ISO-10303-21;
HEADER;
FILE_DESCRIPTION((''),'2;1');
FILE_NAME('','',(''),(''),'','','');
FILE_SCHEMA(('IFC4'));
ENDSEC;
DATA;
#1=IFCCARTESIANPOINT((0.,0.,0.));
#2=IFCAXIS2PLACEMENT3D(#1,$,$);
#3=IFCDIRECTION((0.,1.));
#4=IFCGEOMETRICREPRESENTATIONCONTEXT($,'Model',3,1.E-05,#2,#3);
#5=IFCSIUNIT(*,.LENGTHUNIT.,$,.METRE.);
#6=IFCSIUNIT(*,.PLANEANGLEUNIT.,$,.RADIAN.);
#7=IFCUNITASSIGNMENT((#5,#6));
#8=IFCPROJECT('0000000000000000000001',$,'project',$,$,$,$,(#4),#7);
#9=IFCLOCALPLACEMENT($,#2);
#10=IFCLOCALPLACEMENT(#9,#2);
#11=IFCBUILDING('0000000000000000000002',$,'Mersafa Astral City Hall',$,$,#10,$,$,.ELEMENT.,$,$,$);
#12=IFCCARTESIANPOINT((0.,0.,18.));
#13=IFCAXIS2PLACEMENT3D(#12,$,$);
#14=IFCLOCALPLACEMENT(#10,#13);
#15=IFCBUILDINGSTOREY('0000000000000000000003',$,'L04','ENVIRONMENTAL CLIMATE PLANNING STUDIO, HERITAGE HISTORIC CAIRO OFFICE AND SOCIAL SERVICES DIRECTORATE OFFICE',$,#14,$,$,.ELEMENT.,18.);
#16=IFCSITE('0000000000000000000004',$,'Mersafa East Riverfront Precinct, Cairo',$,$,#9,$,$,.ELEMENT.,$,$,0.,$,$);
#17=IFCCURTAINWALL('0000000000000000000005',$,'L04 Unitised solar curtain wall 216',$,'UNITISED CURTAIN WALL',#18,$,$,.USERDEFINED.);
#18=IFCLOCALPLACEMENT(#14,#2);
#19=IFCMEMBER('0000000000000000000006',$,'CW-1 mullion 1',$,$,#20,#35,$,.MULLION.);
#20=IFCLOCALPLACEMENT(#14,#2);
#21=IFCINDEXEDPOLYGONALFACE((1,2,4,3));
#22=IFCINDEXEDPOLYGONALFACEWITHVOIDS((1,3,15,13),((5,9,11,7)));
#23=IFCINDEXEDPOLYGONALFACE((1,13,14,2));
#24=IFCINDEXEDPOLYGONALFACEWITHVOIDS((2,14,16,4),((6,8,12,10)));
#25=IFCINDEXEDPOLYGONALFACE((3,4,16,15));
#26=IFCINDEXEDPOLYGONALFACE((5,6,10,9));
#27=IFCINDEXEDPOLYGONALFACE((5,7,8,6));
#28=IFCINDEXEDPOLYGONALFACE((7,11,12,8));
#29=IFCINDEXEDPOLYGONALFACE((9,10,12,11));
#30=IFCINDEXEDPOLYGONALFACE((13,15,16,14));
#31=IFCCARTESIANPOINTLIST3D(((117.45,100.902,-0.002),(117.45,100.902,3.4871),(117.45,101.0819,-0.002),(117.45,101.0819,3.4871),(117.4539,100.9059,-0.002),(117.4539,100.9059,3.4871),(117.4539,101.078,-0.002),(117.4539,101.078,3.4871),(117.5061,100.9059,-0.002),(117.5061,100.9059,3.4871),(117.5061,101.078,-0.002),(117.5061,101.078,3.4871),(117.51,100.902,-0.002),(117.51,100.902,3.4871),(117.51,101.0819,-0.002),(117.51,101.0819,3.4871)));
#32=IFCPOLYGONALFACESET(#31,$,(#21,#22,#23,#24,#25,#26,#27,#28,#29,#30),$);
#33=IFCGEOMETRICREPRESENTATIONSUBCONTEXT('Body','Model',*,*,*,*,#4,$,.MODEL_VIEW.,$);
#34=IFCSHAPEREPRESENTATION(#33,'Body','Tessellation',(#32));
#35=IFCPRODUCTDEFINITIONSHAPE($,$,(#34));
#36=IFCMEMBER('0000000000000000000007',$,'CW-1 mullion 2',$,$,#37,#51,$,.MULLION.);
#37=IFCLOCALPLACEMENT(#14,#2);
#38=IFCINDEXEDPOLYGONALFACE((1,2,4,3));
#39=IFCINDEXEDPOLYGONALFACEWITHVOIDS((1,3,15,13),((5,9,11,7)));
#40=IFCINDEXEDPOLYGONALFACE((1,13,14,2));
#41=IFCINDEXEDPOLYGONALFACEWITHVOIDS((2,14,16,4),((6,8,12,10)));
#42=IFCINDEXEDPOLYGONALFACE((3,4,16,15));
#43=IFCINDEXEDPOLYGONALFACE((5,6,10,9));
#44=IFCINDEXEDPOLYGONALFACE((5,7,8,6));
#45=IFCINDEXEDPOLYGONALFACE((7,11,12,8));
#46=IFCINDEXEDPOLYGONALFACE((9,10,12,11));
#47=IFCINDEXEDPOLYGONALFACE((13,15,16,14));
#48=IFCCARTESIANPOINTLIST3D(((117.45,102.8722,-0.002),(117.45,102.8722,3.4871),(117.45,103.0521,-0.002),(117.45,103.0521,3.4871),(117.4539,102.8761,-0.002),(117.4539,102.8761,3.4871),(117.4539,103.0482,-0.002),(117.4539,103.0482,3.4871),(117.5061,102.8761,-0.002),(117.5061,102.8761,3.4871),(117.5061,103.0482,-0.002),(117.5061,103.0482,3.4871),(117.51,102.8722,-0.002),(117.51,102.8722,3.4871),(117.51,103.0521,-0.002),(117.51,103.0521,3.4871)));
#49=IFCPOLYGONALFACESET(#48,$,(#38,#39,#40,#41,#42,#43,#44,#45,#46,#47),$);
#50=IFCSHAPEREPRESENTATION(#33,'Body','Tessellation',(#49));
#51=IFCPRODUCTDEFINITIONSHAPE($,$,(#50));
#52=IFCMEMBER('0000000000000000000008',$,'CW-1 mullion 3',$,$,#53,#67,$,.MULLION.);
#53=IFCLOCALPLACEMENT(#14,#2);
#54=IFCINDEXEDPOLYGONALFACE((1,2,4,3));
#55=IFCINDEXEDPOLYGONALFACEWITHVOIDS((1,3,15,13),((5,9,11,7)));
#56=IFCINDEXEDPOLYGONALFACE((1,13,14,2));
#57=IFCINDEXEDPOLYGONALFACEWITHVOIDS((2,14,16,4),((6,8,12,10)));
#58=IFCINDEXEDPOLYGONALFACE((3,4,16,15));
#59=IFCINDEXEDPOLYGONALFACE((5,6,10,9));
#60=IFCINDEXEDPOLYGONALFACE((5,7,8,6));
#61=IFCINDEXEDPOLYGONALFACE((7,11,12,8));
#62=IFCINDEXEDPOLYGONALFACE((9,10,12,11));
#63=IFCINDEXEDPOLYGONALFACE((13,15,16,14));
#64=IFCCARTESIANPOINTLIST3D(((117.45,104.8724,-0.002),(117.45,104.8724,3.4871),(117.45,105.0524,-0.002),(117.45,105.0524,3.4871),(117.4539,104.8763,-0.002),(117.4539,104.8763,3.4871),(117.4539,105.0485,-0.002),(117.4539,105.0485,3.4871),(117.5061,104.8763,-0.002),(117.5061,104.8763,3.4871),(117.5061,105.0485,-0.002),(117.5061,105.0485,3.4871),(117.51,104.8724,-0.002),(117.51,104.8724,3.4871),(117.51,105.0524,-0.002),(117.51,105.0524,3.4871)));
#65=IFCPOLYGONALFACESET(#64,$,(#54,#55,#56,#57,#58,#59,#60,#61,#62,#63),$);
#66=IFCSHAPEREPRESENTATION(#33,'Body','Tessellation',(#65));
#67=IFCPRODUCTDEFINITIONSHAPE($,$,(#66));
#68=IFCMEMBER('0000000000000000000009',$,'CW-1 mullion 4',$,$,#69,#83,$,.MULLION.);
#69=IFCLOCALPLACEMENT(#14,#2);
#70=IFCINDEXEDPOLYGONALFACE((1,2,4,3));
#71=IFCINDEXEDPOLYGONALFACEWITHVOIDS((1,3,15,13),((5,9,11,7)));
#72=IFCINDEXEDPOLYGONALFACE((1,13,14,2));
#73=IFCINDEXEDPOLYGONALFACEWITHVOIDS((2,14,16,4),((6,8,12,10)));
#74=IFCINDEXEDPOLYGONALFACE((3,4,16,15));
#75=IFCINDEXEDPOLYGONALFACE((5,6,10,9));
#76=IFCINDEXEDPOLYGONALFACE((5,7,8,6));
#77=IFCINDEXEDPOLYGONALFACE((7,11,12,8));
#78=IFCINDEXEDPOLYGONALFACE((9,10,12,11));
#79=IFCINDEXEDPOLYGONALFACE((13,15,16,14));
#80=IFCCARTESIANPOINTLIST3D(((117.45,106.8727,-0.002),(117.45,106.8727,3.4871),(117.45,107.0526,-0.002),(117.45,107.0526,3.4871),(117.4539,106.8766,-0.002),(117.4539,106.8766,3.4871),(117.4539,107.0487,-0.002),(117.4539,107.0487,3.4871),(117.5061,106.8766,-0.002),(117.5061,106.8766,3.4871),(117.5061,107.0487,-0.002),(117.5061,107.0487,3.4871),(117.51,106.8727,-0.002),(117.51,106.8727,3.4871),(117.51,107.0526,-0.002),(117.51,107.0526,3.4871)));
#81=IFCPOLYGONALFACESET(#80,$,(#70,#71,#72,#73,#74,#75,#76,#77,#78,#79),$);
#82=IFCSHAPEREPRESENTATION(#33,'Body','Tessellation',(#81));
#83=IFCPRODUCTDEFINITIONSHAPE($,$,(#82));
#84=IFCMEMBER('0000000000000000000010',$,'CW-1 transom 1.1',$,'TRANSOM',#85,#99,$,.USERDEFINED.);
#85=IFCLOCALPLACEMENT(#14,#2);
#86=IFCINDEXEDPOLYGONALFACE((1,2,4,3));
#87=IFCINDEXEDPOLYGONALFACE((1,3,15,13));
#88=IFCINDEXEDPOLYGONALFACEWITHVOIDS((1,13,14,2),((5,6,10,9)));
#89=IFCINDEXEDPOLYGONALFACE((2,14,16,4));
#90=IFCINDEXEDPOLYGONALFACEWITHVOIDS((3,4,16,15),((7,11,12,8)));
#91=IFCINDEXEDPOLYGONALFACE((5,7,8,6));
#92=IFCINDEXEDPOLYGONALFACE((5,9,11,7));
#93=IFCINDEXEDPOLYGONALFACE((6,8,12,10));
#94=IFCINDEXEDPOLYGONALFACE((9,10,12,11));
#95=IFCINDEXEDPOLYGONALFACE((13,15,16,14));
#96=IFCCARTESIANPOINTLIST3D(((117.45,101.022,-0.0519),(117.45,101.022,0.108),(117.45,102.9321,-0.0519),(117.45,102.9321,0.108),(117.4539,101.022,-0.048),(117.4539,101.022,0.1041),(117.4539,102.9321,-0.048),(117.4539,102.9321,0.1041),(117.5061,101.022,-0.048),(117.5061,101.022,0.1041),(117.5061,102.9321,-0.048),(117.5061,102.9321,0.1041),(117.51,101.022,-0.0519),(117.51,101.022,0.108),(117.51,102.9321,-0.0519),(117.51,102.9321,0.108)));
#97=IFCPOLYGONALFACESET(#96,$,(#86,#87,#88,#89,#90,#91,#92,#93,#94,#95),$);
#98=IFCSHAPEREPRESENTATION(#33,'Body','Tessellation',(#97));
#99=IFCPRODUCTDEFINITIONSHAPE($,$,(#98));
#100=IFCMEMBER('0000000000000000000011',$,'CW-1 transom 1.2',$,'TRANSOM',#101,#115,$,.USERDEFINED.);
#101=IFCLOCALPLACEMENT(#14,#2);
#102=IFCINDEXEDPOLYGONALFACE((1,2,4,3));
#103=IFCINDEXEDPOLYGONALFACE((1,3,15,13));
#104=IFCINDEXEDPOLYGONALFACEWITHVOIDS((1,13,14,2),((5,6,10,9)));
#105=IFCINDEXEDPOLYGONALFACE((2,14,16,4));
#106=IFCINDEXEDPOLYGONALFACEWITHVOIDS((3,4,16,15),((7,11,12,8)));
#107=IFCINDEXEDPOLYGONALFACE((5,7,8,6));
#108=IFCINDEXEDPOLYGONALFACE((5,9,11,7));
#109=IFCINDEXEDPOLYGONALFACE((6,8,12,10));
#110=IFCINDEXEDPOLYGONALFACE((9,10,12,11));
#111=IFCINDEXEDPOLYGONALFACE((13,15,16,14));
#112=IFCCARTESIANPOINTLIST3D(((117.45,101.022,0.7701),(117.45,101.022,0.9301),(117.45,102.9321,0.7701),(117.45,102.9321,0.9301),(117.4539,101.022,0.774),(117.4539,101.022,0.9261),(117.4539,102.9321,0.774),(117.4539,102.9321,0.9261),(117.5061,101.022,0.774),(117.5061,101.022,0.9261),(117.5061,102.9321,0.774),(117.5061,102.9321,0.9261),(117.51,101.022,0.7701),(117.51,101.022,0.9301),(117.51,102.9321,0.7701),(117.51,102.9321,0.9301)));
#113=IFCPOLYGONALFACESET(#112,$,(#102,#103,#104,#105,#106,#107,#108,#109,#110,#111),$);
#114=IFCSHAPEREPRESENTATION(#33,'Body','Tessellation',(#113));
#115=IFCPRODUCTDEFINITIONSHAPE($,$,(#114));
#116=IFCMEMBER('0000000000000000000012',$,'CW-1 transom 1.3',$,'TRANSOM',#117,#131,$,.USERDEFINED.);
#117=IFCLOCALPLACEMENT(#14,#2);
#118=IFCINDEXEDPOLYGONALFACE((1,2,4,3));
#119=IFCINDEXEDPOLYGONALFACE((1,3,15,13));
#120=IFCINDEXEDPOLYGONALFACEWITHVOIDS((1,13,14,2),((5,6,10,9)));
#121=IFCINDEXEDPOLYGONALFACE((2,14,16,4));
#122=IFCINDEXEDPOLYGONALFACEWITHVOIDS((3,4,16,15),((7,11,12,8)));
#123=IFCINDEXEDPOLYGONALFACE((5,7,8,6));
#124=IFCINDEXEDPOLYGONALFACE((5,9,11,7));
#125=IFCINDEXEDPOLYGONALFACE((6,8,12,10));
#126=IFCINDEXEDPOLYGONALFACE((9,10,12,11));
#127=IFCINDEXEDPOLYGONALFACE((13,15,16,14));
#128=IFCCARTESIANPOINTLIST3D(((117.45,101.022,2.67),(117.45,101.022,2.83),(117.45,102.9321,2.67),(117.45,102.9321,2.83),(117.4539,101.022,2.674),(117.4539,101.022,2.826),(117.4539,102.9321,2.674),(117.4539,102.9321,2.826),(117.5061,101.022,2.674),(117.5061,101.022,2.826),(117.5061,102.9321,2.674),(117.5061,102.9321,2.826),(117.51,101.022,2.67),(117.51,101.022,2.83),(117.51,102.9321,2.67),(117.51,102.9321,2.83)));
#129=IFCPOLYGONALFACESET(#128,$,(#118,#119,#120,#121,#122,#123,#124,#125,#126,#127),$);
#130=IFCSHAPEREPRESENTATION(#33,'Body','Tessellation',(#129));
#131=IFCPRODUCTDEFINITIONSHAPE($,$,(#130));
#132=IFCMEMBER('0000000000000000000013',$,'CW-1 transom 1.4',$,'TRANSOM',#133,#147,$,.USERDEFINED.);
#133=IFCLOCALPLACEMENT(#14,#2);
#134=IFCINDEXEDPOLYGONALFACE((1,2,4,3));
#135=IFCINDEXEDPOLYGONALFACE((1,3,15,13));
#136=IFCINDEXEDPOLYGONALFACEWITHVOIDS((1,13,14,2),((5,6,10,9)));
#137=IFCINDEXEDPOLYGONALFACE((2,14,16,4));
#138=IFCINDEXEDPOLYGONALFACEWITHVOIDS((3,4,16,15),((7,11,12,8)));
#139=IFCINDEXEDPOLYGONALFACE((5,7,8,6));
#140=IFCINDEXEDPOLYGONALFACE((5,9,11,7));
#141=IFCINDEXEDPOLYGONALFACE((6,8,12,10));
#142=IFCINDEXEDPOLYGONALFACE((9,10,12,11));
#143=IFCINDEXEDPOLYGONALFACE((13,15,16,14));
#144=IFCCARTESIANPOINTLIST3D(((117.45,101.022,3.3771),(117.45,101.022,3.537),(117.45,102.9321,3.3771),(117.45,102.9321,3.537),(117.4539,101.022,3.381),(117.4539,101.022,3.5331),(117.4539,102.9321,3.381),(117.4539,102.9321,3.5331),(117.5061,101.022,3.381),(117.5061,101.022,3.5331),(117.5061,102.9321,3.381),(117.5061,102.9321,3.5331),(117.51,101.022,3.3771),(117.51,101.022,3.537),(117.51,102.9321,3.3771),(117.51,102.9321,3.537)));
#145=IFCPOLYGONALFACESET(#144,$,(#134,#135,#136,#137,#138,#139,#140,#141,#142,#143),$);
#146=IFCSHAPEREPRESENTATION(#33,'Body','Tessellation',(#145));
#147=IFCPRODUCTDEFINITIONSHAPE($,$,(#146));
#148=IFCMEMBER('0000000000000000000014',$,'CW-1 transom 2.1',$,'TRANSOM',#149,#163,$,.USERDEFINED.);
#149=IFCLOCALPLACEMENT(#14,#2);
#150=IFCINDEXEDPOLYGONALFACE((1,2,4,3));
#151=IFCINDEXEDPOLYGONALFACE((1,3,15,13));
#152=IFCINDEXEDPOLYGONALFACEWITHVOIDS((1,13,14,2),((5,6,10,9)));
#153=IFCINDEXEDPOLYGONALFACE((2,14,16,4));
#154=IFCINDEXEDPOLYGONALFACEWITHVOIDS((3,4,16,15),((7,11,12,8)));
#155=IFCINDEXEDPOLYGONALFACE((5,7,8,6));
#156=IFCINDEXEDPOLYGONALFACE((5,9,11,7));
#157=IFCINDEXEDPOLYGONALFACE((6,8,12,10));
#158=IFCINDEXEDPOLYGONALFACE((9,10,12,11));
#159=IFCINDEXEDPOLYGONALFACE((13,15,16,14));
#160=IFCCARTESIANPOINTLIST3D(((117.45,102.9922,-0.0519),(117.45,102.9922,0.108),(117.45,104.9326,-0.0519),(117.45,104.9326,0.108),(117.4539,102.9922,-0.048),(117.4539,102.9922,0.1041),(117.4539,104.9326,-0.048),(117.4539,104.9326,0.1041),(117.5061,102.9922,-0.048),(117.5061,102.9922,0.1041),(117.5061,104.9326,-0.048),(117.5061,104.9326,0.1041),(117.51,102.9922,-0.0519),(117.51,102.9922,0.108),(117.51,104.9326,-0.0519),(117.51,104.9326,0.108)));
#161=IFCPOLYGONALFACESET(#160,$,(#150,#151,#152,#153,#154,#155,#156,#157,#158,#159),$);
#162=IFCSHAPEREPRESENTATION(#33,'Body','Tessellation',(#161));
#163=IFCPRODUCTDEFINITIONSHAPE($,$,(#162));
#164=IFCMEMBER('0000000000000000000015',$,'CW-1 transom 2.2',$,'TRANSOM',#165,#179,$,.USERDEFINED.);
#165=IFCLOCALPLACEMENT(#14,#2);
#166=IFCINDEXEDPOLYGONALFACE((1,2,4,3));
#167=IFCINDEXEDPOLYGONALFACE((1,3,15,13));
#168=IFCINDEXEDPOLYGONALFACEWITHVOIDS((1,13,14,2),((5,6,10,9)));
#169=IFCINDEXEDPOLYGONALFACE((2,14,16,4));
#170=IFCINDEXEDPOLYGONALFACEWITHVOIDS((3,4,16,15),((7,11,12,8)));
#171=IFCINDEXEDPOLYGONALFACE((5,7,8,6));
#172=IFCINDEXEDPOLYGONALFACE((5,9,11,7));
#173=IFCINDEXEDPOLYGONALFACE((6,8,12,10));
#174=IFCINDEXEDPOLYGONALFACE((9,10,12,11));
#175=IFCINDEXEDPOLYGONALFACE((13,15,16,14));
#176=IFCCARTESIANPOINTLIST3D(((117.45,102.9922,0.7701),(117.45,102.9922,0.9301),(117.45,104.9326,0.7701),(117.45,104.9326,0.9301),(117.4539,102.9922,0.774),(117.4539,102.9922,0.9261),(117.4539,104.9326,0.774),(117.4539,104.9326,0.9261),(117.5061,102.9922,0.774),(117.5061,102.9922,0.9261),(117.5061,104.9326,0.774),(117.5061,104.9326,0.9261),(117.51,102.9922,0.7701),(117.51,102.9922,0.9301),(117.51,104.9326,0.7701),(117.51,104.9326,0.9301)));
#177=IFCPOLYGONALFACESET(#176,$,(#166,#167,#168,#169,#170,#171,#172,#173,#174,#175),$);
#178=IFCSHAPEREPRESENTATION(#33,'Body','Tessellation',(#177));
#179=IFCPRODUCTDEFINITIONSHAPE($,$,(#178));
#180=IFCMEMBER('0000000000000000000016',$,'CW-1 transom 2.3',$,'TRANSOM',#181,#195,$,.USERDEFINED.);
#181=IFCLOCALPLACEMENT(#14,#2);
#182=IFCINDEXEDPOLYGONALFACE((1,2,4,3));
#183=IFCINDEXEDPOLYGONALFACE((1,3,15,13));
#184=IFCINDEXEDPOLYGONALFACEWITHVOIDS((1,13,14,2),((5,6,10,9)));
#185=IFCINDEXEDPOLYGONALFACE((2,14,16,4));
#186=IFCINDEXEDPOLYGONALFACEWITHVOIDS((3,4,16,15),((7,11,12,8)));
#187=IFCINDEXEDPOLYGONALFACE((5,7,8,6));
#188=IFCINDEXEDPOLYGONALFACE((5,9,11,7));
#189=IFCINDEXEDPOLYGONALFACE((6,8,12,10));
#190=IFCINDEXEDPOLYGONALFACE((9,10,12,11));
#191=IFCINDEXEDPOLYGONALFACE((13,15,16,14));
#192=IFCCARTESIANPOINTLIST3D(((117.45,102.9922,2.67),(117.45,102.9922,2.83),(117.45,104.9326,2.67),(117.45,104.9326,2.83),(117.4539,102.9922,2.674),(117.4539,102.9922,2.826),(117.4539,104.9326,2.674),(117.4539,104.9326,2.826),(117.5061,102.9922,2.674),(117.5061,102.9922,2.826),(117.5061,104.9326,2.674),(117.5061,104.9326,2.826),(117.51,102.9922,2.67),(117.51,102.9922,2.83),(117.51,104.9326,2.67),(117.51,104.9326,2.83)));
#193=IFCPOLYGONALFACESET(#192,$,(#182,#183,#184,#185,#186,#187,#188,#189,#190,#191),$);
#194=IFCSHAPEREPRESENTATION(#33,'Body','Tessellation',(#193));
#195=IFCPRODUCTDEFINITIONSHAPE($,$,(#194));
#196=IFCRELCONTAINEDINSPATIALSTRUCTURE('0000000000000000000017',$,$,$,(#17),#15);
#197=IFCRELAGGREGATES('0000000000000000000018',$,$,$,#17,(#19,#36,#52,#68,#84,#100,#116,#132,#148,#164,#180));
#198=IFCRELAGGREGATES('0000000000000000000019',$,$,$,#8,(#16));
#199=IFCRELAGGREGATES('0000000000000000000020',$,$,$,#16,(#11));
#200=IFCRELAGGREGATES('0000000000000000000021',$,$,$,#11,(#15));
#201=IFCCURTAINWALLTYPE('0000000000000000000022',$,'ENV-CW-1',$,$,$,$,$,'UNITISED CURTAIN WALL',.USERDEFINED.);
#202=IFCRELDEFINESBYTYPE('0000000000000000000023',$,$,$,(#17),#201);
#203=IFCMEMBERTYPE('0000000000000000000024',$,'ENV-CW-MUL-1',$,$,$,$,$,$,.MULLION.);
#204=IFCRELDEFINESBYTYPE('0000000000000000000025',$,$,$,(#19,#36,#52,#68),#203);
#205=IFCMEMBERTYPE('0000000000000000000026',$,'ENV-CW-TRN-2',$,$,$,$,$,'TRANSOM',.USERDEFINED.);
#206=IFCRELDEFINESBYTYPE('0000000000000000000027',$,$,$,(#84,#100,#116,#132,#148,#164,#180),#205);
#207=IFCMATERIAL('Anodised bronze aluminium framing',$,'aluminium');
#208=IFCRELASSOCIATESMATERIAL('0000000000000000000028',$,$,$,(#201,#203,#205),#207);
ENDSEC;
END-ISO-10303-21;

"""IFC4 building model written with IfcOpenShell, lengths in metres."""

from ifc_helpers import new_model, si_unit, direction, frame, origin, origin_2d, place, context, subcontext, project, spatial, hollow_rectangle, extrude, material, material_profile, profile_set, type_object, element, aggregate, save


model = new_model("IFC4")

# Units and contexts
model_context = context("Model", 3, precision=1e-05, world=origin(), true_north=direction((0.0, 1.0)))
body_context = subcontext(model_context, "Body", "Model", "MODEL_VIEW")
ifc_project = project(units=[si_unit("LENGTHUNIT", "METRE"), si_unit("PLANEANGLEUNIT", "RADIAN")], contexts=[model_context])

# Site, building, storey
site_placement = place(None, origin())
site = spatial("IfcSite", under=ifc_project, at=site_placement, Name="Mersafa East Riverfront Precinct, Cairo", CompositionType="ELEMENT", RefElevation=0.0)
building_placement = place(site_placement, origin())
building = spatial("IfcBuilding", under=site, at=building_placement, Name="Mersafa Astral City Hall", CompositionType="ELEMENT")
storey_placement = place(building_placement, frame((0.0, 0.0, 18.0)))
storey = spatial("IfcBuildingStorey", under=building, at=storey_placement, Name="L04", Description="ENVIRONMENTAL CLIMATE PLANNING STUDIO, HERITAGE HISTORIC CAIRO OFFICE AND SOCIAL SERVICES DIRECTORATE OFFICE", CompositionType="ELEMENT", Elevation=18.0)

# Curtain wall, members
ifc_material_1 = material(Name="Anodised bronze aluminium framing", Category="aluminium")
curtain_wall_type = type_object("IfcCurtainWallType", Name="ENV-CW-1", ElementType="UNITISED CURTAIN WALL", PredefinedType="USERDEFINED", material=ifc_material_1)
curtain_wall_placement = place(storey_placement, origin())
curtain_wall = element("IfcCurtainWall", 1, at=curtain_wall_placement, inside=storey, type_object=curtain_wall_type, Name="L04 Unitised solar curtain wall 216", ObjectType="UNITISED CURTAIN WALL", PredefinedType="USERDEFINED")
ifc_material_profile_1 = material_profile(ifc_material_1, hollow_rectangle(XDim=0.0601, YDim=0.1799, WallThickness=0.0039, at=origin_2d()), Name="RHS 60x180x4")
ifc_profile_set_1 = profile_set([ifc_material_profile_1], Name="Anodised bronze aluminium framing")
member_type_1 = type_object("IfcMemberType", Name="ENV-CW-MUL-1", PredefinedType="MULLION", material=ifc_profile_set_1)
member_1_placement = place(storey_placement, frame((117.48, 100.9919, -0.002), z_axis=(0.0, 0.0, 1.0), x_axis=(-1.0, 0.0, 0.0)))
member_1 = element("IfcMember", 2, at=member_1_placement, type_object=member_type_1, Name="CW-1 mullion 1", PredefinedType="MULLION", context=body_context, shape_type="SweptSolid", body=[
    extrude(hollow_rectangle(XDim=0.0601, YDim=0.1799, WallThickness=0.0039, at=origin_2d()), origin(), (0.0, 0.0, 1.0), 3.489),
])
member_2_placement = place(storey_placement, frame((117.48, 102.9622, -0.002), z_axis=(0.0, 0.0, 1.0), x_axis=(-1.0, 0.0, 0.0)))
member_2 = element("IfcMember", 3, at=member_2_placement, type_object=member_type_1, Name="CW-1 mullion 2", PredefinedType="MULLION", context=body_context, shape_type="SweptSolid", body=[
    extrude(hollow_rectangle(XDim=0.0601, YDim=0.1799, WallThickness=0.0039, at=origin_2d()), origin(), (0.0, 0.0, 1.0), 3.489),
])
member_3_placement = place(storey_placement, frame((117.48, 104.9624, -0.002), z_axis=(0.0, 0.0, 1.0), x_axis=(-1.0, 0.0, 0.0)))
member_3 = element("IfcMember", 4, at=member_3_placement, type_object=member_type_1, Name="CW-1 mullion 3", PredefinedType="MULLION", context=body_context, shape_type="SweptSolid", body=[
    extrude(hollow_rectangle(XDim=0.0601, YDim=0.1799, WallThickness=0.0039, at=origin_2d()), origin(), (0.0, 0.0, 1.0), 3.489),
])
member_4_placement = place(storey_placement, frame((117.48, 106.9626, -0.002), z_axis=(0.0, 0.0, 1.0), x_axis=(-1.0, 0.0, 0.0)))
member_4 = element("IfcMember", 5, at=member_4_placement, type_object=member_type_1, Name="CW-1 mullion 4", PredefinedType="MULLION", context=body_context, shape_type="SweptSolid", body=[
    extrude(hollow_rectangle(XDim=0.0601, YDim=0.1799, WallThickness=0.0039, at=origin_2d()), origin(), (0.0, 0.0, 1.0), 3.489),
])
ifc_material_profile_2 = material_profile(ifc_material_1, hollow_rectangle(XDim=0.0601, YDim=0.1599, WallThickness=0.0039, at=origin_2d()), Name="RHS 60x160x4")
ifc_profile_set_2 = profile_set([ifc_material_profile_2], Name="Anodised bronze aluminium framing")
member_type_2 = type_object("IfcMemberType", Name="ENV-CW-TRN-2", ElementType="TRANSOM", PredefinedType="USERDEFINED", material=ifc_profile_set_2)
member_5_placement = place(storey_placement, frame((117.48, 101.022, 0.0281), z_axis=(0.0, 1.0, 0.0), x_axis=(-1.0, 0.0, 0.0)))
member_5 = element("IfcMember", 6, at=member_5_placement, type_object=member_type_2, Name="CW-1 transom 1.1", ObjectType="TRANSOM", PredefinedType="USERDEFINED", context=body_context, shape_type="SweptSolid", body=[
    extrude(hollow_rectangle(XDim=0.0601, YDim=0.1599, WallThickness=0.0039, at=origin_2d()), origin(), (0.0, 0.0, 1.0), 1.9102),
])
member_6_placement = place(storey_placement, frame((117.48, 101.022, 0.8501), z_axis=(0.0, 1.0, 0.0), x_axis=(-1.0, 0.0, 0.0)))
member_6 = element("IfcMember", 7, at=member_6_placement, type_object=member_type_2, Name="CW-1 transom 1.2", ObjectType="TRANSOM", PredefinedType="USERDEFINED", context=body_context, shape_type="SweptSolid", body=[
    extrude(hollow_rectangle(XDim=0.0601, YDim=0.1599, WallThickness=0.0039, at=origin_2d()), origin(), (0.0, 0.0, 1.0), 1.9102),
])
member_7_placement = place(storey_placement, frame((117.48, 101.022, 2.75), z_axis=(0.0, 1.0, 0.0), x_axis=(-1.0, 0.0, 0.0)))
member_7 = element("IfcMember", 8, at=member_7_placement, type_object=member_type_2, Name="CW-1 transom 1.3", ObjectType="TRANSOM", PredefinedType="USERDEFINED", context=body_context, shape_type="SweptSolid", body=[
    extrude(hollow_rectangle(XDim=0.0601, YDim=0.1599, WallThickness=0.0039, at=origin_2d()), origin(), (0.0, 0.0, 1.0), 1.9102),
])
member_8_placement = place(storey_placement, frame((117.48, 101.022, 3.457), z_axis=(0.0, 1.0, 0.0), x_axis=(-1.0, 0.0, 0.0)))
member_8 = element("IfcMember", 9, at=member_8_placement, type_object=member_type_2, Name="CW-1 transom 1.4", ObjectType="TRANSOM", PredefinedType="USERDEFINED", context=body_context, shape_type="SweptSolid", body=[
    extrude(hollow_rectangle(XDim=0.0601, YDim=0.1599, WallThickness=0.0039, at=origin_2d()), origin(), (0.0, 0.0, 1.0), 1.9102),
])
member_9_placement = place(storey_placement, frame((117.48, 102.9922, 0.0281), z_axis=(0.0, 1.0, 0.0), x_axis=(-1.0, 0.0, 0.0)))
member_9 = element("IfcMember", 10, at=member_9_placement, type_object=member_type_2, Name="CW-1 transom 2.1", ObjectType="TRANSOM", PredefinedType="USERDEFINED", context=body_context, shape_type="SweptSolid", body=[
    extrude(hollow_rectangle(XDim=0.0601, YDim=0.1599, WallThickness=0.0039, at=origin_2d()), origin(), (0.0, 0.0, 1.0), 1.9404),
])
member_10_placement = place(storey_placement, frame((117.48, 102.9922, 0.8501), z_axis=(0.0, 1.0, 0.0), x_axis=(-1.0, 0.0, 0.0)))
member_10 = element("IfcMember", 11, at=member_10_placement, type_object=member_type_2, Name="CW-1 transom 2.2", ObjectType="TRANSOM", PredefinedType="USERDEFINED", context=body_context, shape_type="SweptSolid", body=[
    extrude(hollow_rectangle(XDim=0.0601, YDim=0.1599, WallThickness=0.0039, at=origin_2d()), origin(), (0.0, 0.0, 1.0), 1.9404),
])
member_11_placement = place(storey_placement, frame((117.48, 102.9922, 2.75), z_axis=(0.0, 1.0, 0.0), x_axis=(-1.0, 0.0, 0.0)))
member_11 = element("IfcMember", 12, at=member_11_placement, type_object=member_type_2, Name="CW-1 transom 2.3", ObjectType="TRANSOM", PredefinedType="USERDEFINED", context=body_context, shape_type="SweptSolid", body=[
    extrude(hollow_rectangle(XDim=0.0601, YDim=0.1599, WallThickness=0.0039, at=origin_2d()), origin(), (0.0, 0.0, 1.0), 1.9404),
])

aggregate(curtain_wall, [member_1, member_2, member_3, member_4, member_5, member_6, member_7, member_8, member_9, member_10, member_11])

save(model, "model.ifc")
